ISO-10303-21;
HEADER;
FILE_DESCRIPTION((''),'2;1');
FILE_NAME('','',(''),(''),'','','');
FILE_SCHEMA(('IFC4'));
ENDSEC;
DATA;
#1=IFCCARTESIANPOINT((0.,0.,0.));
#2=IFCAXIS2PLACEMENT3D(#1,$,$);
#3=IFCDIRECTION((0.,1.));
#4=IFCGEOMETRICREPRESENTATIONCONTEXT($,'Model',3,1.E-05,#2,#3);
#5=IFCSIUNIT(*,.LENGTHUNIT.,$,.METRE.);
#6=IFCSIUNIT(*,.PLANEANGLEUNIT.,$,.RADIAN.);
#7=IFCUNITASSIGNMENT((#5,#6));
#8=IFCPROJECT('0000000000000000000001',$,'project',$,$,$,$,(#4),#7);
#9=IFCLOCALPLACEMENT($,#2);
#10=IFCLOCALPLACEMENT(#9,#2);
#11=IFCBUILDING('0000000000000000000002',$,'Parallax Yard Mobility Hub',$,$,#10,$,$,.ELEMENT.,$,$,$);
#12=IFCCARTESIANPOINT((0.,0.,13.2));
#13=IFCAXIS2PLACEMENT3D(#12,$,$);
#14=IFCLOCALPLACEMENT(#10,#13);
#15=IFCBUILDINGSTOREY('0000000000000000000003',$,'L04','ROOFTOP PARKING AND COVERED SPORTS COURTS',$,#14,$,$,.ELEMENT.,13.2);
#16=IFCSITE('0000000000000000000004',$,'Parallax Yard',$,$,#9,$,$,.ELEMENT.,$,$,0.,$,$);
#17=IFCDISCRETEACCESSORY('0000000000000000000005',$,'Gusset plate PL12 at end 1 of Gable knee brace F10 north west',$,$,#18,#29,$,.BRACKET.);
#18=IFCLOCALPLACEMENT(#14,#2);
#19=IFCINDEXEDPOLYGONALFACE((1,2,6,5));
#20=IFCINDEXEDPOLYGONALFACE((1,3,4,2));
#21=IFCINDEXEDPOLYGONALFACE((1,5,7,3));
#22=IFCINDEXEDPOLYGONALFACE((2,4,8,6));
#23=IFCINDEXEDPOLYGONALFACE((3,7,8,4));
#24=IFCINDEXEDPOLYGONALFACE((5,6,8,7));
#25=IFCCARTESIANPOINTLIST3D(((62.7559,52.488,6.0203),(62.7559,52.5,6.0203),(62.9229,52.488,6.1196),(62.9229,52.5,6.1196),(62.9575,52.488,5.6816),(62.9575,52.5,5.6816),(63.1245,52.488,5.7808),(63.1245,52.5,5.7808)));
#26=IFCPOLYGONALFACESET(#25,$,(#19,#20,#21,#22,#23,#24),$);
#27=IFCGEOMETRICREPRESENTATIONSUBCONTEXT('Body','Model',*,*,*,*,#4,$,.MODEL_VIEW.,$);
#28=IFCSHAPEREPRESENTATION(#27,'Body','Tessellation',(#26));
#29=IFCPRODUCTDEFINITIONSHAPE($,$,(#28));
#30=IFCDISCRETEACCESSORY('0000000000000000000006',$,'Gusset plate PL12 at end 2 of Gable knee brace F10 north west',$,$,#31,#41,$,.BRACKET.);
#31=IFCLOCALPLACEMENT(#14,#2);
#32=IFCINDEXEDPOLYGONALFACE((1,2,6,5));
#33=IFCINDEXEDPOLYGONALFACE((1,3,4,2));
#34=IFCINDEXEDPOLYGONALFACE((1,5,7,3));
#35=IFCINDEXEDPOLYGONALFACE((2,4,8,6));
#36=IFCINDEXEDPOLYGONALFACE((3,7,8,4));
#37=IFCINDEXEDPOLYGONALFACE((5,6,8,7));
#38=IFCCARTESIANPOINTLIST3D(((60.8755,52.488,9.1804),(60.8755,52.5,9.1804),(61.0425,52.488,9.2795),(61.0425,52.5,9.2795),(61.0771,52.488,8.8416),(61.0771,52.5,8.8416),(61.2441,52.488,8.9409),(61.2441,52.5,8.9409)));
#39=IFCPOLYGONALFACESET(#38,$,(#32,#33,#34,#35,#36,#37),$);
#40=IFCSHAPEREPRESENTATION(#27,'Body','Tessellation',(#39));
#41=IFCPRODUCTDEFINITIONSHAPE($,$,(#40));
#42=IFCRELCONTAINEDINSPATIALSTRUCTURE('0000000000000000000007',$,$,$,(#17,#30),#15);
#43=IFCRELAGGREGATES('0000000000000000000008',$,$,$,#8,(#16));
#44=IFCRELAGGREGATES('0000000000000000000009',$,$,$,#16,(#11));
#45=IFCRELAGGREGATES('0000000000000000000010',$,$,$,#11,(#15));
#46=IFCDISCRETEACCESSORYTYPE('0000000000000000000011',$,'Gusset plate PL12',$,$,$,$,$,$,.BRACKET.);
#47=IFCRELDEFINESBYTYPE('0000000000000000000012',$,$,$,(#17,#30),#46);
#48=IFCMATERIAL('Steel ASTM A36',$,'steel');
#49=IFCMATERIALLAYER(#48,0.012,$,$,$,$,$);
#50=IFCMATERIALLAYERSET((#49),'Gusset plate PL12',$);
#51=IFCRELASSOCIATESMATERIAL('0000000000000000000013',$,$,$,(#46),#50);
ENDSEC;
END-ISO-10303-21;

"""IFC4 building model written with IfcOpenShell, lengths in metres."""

from ifc_helpers import new_model, si_unit, direction, frame, origin, place, context, subcontext, project, spatial, polyline, outline, extrude, material, layer, layer_set, type_object, element, save


model = new_model("IFC4")

# Units and contexts
model_context = context("Model", 3, precision=1e-05, world=origin(), true_north=direction((0.0, 1.0)))
body_context = subcontext(model_context, "Body", "Model", "MODEL_VIEW")
ifc_project = project(units=[si_unit("LENGTHUNIT", "METRE"), si_unit("PLANEANGLEUNIT", "RADIAN")], contexts=[model_context])

# Site, building, storey
site_placement = place(None, origin())
site = spatial("IfcSite", under=ifc_project, at=site_placement, Name="Parallax Yard", CompositionType="ELEMENT", RefElevation=0.0)
building_placement = place(site_placement, origin())
building = spatial("IfcBuilding", under=site, at=building_placement, Name="Parallax Yard Mobility Hub", CompositionType="ELEMENT")
storey_placement = place(building_placement, frame((0.0, 0.0, 13.2)))
storey = spatial("IfcBuildingStorey", under=building, at=storey_placement, Name="L04", Description="ROOFTOP PARKING AND COVERED SPORTS COURTS", CompositionType="ELEMENT", Elevation=13.2)

# Discrete accessories
ifc_material_1 = material(Name="Steel ASTM A36", Category="steel")
ifc_layer = layer(ifc_material_1, 0.012)
ifc_layer_set = layer_set([ifc_layer], Name="Gusset plate PL12")
discrete_accessory_type = type_object("IfcDiscreteAccessoryType", Name="Gusset plate PL12", PredefinedType="BRACKET", material=ifc_layer_set)
for number, where, z_axis, x_axis, name in (
    (1, (62.9229, 52.5, 6.1196), (0.0, 1.0, 0.0), (0.511397, 0.0, -0.859345), "Gusset plate PL12 at end 1 of Gable knee brace F10 north west"),
    (2, (61.0771, 52.5, 8.8416), (0.0, 1.0, 0.0), (-0.511397, 0.0, 0.859345), "Gusset plate PL12 at end 2 of Gable knee brace F10 north west"),
):
    element("IfcDiscreteAccessory", number, at=place(storey_placement, frame(where, z_axis=z_axis, x_axis=x_axis)), inside=storey, type_object=discrete_accessory_type, Name=name, PredefinedType="BRACKET", context=body_context, shape_type="SweptSolid", body=[
        extrude(outline(polyline([(0.0, 0.0), (0.3943, 0.0), (0.3941, 0.1942), (0.0, 0.1943), (0.0, 0.0)])), origin(), (0.0, 0.0, -1.0), 0.012),
    ])

save(model, "model.ifc")
